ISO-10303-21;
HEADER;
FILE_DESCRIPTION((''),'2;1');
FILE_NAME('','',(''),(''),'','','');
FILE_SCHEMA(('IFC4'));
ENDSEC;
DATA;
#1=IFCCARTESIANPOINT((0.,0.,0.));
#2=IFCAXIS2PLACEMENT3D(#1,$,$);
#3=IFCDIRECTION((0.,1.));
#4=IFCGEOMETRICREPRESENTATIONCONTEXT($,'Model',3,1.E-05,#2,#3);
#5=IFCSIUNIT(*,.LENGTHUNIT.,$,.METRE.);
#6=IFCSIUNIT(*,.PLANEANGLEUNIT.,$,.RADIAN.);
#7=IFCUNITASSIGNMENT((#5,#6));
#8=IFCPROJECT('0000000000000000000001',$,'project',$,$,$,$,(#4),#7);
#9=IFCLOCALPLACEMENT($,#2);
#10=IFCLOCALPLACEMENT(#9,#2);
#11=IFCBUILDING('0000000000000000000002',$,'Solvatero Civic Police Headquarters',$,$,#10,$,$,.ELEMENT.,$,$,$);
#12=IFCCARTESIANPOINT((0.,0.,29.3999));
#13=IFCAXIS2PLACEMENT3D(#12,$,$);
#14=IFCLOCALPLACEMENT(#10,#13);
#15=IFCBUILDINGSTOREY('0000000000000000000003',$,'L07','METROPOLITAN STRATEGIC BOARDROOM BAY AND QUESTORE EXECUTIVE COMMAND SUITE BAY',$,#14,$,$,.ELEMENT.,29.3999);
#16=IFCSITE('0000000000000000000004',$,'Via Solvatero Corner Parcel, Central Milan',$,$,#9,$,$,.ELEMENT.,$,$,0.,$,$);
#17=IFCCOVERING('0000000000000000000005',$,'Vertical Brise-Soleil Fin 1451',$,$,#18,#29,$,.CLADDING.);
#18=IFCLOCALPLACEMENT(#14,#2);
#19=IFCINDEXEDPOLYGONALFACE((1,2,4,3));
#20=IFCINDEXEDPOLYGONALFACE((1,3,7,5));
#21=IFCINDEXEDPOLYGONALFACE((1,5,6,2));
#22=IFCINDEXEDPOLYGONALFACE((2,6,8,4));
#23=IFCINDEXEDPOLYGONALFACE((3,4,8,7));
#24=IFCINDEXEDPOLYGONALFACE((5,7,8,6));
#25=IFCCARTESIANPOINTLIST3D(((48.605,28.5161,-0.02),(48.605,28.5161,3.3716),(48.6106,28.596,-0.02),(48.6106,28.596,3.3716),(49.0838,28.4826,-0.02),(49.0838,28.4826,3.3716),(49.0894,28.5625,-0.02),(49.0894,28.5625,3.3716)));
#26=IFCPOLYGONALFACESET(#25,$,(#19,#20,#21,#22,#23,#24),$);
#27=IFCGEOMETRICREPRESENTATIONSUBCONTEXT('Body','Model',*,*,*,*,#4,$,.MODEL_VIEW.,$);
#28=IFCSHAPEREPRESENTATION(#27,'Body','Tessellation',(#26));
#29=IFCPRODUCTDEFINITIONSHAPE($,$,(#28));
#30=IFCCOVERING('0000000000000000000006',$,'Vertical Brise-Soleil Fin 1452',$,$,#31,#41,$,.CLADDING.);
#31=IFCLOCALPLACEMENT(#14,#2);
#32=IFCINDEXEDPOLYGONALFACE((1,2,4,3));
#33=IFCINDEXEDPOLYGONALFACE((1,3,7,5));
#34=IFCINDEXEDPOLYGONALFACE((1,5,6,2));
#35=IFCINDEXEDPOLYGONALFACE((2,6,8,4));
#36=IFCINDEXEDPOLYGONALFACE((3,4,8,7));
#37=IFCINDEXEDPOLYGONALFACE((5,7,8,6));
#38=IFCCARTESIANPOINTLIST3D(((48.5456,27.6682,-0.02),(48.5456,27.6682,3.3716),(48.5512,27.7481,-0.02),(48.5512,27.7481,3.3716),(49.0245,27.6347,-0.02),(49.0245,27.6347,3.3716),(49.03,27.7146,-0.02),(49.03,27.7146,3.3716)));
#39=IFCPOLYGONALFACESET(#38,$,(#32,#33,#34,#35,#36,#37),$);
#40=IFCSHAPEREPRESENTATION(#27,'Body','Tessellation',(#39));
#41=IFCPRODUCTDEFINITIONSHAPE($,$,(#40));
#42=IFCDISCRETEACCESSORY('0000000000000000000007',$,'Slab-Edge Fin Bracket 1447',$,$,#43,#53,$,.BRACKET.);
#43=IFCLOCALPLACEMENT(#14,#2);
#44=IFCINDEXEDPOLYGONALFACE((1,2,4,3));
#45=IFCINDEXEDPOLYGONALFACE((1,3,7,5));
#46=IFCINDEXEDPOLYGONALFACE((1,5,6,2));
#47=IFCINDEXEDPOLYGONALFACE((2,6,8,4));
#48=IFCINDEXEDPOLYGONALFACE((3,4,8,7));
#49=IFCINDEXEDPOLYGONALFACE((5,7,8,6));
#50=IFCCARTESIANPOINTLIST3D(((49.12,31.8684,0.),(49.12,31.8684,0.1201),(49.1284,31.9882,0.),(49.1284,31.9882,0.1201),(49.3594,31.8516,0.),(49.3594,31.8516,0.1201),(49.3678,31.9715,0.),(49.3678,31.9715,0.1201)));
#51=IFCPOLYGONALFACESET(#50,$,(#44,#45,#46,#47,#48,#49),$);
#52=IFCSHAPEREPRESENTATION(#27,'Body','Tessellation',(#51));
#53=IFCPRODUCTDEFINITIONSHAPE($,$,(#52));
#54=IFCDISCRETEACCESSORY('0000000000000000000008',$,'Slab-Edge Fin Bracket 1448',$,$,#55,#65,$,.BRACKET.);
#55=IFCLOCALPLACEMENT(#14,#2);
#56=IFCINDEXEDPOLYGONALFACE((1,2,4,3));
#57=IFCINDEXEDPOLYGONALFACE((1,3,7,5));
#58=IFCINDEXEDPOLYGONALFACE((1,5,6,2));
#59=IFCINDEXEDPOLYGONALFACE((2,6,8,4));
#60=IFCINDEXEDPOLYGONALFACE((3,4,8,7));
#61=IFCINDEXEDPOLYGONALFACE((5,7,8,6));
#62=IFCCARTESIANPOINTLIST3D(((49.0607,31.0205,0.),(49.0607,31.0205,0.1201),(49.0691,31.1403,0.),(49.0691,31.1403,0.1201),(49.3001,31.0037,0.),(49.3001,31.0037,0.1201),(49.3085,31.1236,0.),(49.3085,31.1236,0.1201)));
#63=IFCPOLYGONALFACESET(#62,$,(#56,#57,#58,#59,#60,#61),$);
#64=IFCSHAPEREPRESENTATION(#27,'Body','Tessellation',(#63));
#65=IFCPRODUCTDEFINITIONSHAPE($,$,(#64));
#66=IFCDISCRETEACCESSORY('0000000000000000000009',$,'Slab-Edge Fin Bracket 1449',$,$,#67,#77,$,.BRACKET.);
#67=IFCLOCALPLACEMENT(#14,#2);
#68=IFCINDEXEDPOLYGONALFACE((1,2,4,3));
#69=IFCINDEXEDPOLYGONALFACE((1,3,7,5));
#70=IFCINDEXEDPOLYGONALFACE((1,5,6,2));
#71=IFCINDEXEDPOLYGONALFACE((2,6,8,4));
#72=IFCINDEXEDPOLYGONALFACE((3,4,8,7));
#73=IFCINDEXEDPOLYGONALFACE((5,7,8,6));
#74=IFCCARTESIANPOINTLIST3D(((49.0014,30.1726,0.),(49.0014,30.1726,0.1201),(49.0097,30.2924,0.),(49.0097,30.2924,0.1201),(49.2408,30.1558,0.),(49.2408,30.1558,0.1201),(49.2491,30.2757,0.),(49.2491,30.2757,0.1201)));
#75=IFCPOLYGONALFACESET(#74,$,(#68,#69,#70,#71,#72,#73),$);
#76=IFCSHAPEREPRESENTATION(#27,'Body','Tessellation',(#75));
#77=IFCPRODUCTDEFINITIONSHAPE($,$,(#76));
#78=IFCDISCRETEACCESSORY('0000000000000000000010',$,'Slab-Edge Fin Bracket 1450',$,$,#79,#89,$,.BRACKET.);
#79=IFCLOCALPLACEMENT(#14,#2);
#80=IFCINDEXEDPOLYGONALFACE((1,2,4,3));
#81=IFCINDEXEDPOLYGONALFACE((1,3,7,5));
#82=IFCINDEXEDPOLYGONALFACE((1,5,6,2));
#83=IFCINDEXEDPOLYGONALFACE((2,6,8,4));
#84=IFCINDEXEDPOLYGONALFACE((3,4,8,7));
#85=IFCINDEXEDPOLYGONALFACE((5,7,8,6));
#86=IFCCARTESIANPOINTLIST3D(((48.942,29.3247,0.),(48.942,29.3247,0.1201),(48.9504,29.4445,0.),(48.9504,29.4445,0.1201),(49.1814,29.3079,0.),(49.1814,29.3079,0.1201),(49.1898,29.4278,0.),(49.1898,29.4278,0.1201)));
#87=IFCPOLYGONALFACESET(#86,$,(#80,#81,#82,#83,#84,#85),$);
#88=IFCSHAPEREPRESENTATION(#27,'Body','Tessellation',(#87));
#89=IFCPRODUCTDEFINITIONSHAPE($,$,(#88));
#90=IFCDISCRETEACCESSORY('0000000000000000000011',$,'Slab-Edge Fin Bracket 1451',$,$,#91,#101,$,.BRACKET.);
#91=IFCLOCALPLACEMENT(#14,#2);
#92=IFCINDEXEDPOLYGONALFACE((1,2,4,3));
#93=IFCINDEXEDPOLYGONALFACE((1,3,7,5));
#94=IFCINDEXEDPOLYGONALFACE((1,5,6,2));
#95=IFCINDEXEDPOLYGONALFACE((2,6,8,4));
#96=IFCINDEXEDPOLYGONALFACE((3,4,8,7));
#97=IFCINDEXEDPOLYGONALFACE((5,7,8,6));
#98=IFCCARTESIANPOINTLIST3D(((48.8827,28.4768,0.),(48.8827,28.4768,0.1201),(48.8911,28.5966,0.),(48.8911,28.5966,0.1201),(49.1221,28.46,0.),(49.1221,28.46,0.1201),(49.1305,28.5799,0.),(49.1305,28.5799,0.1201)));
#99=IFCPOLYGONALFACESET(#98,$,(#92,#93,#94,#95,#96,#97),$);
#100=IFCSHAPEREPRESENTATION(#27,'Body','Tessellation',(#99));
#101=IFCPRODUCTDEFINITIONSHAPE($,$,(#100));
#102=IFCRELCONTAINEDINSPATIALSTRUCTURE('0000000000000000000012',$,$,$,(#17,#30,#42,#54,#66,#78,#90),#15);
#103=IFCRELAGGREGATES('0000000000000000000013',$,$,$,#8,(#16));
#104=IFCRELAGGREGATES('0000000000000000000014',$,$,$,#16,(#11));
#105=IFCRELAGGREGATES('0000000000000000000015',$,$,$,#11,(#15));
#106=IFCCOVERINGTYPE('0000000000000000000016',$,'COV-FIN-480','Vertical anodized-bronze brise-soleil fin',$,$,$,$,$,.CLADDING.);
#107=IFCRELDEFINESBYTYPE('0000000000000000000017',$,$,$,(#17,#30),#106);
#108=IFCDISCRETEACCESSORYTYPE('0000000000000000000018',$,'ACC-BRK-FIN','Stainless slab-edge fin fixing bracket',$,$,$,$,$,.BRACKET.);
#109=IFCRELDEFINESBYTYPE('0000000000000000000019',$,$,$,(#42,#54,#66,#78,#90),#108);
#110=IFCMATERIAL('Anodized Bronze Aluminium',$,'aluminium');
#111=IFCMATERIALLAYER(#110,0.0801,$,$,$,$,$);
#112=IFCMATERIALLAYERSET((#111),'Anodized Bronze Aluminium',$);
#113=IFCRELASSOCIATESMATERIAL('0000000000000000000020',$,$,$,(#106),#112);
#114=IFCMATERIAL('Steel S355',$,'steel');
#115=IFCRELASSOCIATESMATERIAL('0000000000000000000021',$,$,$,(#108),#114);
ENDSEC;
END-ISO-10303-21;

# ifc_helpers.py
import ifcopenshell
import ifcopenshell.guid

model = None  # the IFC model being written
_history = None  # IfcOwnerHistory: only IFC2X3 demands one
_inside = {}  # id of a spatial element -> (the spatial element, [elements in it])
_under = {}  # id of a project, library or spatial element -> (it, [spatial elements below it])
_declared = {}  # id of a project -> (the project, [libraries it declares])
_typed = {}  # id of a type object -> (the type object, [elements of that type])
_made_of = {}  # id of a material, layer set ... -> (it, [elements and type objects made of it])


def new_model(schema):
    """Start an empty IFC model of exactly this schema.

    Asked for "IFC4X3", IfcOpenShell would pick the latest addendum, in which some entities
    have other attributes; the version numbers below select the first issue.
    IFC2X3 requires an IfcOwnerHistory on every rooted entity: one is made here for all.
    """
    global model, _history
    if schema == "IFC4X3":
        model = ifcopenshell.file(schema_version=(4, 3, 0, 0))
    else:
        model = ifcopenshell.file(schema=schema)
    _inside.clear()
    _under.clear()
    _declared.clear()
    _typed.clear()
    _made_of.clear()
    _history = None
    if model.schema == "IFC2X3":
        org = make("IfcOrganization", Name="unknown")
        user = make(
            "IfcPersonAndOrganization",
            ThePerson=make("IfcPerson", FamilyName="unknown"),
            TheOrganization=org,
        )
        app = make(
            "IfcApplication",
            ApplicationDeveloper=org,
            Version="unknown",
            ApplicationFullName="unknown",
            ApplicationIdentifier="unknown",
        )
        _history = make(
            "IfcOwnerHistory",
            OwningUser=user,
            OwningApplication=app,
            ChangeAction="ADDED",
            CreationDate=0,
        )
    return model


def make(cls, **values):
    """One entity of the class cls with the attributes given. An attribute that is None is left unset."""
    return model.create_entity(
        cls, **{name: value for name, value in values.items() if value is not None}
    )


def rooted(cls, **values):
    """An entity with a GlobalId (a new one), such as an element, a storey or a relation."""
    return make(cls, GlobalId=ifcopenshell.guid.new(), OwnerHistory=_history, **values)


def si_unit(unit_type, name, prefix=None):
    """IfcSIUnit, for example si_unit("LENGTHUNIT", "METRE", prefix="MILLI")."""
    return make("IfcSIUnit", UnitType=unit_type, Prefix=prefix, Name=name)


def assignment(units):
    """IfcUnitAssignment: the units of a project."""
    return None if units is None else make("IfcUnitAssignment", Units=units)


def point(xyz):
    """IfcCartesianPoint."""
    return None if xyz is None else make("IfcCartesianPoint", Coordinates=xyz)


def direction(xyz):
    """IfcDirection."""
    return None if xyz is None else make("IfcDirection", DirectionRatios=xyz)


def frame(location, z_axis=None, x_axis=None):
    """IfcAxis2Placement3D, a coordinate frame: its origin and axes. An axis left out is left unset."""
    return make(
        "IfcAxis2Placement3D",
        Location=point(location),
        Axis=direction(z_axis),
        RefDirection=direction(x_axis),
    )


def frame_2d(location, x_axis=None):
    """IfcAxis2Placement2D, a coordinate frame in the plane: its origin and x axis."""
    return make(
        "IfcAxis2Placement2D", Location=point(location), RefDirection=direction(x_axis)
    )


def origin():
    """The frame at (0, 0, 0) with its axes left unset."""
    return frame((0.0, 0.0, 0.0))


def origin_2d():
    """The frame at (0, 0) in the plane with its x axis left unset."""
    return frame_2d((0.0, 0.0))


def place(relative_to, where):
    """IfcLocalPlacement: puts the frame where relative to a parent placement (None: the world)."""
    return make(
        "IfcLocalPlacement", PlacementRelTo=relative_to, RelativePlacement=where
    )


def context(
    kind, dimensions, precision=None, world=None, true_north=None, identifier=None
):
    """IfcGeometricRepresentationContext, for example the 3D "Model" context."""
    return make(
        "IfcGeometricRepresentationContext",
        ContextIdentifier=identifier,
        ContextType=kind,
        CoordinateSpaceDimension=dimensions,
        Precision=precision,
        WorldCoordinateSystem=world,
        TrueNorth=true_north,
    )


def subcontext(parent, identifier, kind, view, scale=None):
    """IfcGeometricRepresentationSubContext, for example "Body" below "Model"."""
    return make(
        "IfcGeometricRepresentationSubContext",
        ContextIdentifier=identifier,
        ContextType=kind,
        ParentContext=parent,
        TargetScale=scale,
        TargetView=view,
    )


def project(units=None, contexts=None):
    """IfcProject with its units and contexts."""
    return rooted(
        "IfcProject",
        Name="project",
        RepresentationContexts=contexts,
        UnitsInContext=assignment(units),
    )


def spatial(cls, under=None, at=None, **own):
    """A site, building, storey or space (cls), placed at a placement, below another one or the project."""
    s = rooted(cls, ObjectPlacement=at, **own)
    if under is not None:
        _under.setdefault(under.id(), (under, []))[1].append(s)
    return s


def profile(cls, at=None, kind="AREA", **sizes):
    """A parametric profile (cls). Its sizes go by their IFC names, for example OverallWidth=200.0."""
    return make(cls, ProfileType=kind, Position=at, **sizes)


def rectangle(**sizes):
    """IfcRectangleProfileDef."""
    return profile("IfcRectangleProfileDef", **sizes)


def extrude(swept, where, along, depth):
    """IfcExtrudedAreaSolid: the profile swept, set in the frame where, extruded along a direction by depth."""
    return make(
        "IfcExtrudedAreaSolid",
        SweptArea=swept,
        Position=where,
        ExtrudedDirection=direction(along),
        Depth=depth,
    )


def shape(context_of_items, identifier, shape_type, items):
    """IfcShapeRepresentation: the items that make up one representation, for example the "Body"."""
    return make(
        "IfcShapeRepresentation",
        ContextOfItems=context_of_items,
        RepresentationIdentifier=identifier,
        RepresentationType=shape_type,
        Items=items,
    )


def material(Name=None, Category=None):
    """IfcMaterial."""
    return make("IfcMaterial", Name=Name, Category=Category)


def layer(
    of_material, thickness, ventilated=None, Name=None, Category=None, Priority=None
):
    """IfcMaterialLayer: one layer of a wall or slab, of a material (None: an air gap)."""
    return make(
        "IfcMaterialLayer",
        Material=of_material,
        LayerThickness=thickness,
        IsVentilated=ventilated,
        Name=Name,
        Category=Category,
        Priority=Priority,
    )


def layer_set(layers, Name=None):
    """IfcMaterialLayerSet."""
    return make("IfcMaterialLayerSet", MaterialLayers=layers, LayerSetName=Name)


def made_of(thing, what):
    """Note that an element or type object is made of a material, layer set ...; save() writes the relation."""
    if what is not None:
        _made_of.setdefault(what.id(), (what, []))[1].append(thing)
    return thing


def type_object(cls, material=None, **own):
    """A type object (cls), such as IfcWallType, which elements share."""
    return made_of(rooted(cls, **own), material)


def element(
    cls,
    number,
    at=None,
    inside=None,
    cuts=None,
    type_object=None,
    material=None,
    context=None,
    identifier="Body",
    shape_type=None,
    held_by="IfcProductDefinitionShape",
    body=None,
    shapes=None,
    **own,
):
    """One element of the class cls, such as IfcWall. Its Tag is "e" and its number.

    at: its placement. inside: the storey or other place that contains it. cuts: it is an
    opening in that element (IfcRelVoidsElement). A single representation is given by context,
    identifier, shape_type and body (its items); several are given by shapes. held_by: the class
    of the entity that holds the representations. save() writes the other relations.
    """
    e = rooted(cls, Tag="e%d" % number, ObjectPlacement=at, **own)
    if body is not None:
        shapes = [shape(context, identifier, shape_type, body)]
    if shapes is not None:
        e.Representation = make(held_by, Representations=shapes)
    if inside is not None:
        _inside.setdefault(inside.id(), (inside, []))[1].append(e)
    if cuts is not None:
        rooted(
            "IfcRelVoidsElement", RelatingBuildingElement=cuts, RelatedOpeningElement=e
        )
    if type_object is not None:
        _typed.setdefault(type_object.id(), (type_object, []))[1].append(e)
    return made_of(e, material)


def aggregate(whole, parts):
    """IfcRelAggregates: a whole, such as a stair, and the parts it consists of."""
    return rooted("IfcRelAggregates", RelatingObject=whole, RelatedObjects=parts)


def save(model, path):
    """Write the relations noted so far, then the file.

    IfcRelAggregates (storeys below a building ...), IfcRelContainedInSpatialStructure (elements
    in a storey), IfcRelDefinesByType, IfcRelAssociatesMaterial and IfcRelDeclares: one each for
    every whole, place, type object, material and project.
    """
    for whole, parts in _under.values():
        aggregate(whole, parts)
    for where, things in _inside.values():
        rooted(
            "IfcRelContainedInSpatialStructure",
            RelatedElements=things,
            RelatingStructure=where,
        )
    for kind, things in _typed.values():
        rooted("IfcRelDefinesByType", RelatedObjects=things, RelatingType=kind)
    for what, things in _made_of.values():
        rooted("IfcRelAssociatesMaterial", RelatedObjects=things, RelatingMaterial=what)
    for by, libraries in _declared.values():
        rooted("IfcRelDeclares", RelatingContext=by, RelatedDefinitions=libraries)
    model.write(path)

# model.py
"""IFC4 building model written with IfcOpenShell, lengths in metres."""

from ifc_helpers import new_model, si_unit, direction, frame, origin, origin_2d, place, context, subcontext, project, spatial, rectangle, extrude, material, layer, layer_set, type_object, element, save


model = new_model("IFC4")

# Units and contexts
model_context = context("Model", 3, precision=1e-05, world=origin(), true_north=direction((0.0, 1.0)))
body_context = subcontext(model_context, "Body", "Model", "MODEL_VIEW")
ifc_project = project(units=[si_unit("LENGTHUNIT", "METRE"), si_unit("PLANEANGLEUNIT", "RADIAN")], contexts=[model_context])

# Site, building, storey
site_placement = place(None, origin())
site = spatial("IfcSite", under=ifc_project, at=site_placement, Name="Via Solvatero Corner Parcel, Central Milan", CompositionType="ELEMENT", RefElevation=0.0)
building_placement = place(site_placement, origin())
building = spatial("IfcBuilding", under=site, at=building_placement, Name="Solvatero Civic Police Headquarters", CompositionType="ELEMENT")
storey_placement = place(building_placement, frame((0.0, 0.0, 29.3999)))
storey = spatial("IfcBuildingStorey", under=building, at=storey_placement, Name="L07", Description="METROPOLITAN STRATEGIC BOARDROOM BAY AND QUESTORE EXECUTIVE COMMAND SUITE BAY", CompositionType="ELEMENT", Elevation=29.3999)

# Shared definitions
ifc_material_1 = material(Name="Anodized Bronze Aluminium", Category="aluminium")

# Coverings
ifc_layer_1 = layer(ifc_material_1, 0.0801)
ifc_layer_set_1 = layer_set([ifc_layer_1], Name="Anodized Bronze Aluminium")
covering_type = type_object("IfcCoveringType", Name="COV-FIN-480", Description="Vertical anodized-bronze brise-soleil fin", PredefinedType="CLADDING", material=ifc_layer_set_1)
for number, where, z_axis, x_axis, name in (
    (1, (48.8472, 28.5393, -0.02), (0.0, 0.0, 1.0), (-0.069774, -0.997563, 0.0), "Vertical Brise-Soleil Fin 1451"),
    (2, (48.7878, 27.6914, -0.02), (0.0, 0.0, 1.0), (-0.069774, -0.997563, 0.0), "Vertical Brise-Soleil Fin 1452"),
):
    element("IfcCovering", number, at=place(storey_placement, frame(where, z_axis=z_axis, x_axis=x_axis)), inside=storey, type_object=covering_type, Name=name, PredefinedType="CLADDING", context=body_context, shape_type="SweptSolid", body=[
        extrude(rectangle(XDim=0.0801, YDim=0.48, at=origin_2d()), origin(), (0.0, 0.0, 1.0), 3.3916),
    ])

# Discrete accessories
ifc_material_2 = material(Name="Steel S355", Category="steel")
discrete_accessory_type = type_object("IfcDiscreteAccessoryType", Name="ACC-BRK-FIN", Description="Stainless slab-edge fin fixing bracket", PredefinedType="BRACKET", material=ifc_material_2)
for number, where, z_axis, x_axis, name in (
    (3, (49.2439, 31.9199, 0.0), (0.0, 0.0, 1.0), (-0.069774, -0.997563, 0.0), "Slab-Edge Fin Bracket 1447"),
    (4, (49.1846, 31.072, 0.0), (0.0, 0.0, 1.0), (-0.069774, -0.997563, 0.0), "Slab-Edge Fin Bracket 1448"),
    (5, (49.1252, 30.2241, 0.0), (0.0, 0.0, 1.0), (-0.069774, -0.997563, 0.0), "Slab-Edge Fin Bracket 1449"),
    (6, (49.0659, 29.3762, 0.0), (0.0, 0.0, 1.0), (-0.069774, -0.997563, 0.0), "Slab-Edge Fin Bracket 1450"),
    (7, (49.0066, 28.5283, 0.0), (0.0, 0.0, 1.0), (-0.069774, -0.997563, 0.0), "Slab-Edge Fin Bracket 1451"),
):
    element("IfcDiscreteAccessory", number, at=place(storey_placement, frame(where, z_axis=z_axis, x_axis=x_axis)), inside=storey, type_object=discrete_accessory_type, Name=name, PredefinedType="BRACKET", context=body_context, shape_type="SweptSolid", body=[
        extrude(rectangle(XDim=0.1201, YDim=0.24, at=origin_2d()), origin(), (0.0, 0.0, 1.0), 0.1201),
    ])

save(model, "model.ifc")
